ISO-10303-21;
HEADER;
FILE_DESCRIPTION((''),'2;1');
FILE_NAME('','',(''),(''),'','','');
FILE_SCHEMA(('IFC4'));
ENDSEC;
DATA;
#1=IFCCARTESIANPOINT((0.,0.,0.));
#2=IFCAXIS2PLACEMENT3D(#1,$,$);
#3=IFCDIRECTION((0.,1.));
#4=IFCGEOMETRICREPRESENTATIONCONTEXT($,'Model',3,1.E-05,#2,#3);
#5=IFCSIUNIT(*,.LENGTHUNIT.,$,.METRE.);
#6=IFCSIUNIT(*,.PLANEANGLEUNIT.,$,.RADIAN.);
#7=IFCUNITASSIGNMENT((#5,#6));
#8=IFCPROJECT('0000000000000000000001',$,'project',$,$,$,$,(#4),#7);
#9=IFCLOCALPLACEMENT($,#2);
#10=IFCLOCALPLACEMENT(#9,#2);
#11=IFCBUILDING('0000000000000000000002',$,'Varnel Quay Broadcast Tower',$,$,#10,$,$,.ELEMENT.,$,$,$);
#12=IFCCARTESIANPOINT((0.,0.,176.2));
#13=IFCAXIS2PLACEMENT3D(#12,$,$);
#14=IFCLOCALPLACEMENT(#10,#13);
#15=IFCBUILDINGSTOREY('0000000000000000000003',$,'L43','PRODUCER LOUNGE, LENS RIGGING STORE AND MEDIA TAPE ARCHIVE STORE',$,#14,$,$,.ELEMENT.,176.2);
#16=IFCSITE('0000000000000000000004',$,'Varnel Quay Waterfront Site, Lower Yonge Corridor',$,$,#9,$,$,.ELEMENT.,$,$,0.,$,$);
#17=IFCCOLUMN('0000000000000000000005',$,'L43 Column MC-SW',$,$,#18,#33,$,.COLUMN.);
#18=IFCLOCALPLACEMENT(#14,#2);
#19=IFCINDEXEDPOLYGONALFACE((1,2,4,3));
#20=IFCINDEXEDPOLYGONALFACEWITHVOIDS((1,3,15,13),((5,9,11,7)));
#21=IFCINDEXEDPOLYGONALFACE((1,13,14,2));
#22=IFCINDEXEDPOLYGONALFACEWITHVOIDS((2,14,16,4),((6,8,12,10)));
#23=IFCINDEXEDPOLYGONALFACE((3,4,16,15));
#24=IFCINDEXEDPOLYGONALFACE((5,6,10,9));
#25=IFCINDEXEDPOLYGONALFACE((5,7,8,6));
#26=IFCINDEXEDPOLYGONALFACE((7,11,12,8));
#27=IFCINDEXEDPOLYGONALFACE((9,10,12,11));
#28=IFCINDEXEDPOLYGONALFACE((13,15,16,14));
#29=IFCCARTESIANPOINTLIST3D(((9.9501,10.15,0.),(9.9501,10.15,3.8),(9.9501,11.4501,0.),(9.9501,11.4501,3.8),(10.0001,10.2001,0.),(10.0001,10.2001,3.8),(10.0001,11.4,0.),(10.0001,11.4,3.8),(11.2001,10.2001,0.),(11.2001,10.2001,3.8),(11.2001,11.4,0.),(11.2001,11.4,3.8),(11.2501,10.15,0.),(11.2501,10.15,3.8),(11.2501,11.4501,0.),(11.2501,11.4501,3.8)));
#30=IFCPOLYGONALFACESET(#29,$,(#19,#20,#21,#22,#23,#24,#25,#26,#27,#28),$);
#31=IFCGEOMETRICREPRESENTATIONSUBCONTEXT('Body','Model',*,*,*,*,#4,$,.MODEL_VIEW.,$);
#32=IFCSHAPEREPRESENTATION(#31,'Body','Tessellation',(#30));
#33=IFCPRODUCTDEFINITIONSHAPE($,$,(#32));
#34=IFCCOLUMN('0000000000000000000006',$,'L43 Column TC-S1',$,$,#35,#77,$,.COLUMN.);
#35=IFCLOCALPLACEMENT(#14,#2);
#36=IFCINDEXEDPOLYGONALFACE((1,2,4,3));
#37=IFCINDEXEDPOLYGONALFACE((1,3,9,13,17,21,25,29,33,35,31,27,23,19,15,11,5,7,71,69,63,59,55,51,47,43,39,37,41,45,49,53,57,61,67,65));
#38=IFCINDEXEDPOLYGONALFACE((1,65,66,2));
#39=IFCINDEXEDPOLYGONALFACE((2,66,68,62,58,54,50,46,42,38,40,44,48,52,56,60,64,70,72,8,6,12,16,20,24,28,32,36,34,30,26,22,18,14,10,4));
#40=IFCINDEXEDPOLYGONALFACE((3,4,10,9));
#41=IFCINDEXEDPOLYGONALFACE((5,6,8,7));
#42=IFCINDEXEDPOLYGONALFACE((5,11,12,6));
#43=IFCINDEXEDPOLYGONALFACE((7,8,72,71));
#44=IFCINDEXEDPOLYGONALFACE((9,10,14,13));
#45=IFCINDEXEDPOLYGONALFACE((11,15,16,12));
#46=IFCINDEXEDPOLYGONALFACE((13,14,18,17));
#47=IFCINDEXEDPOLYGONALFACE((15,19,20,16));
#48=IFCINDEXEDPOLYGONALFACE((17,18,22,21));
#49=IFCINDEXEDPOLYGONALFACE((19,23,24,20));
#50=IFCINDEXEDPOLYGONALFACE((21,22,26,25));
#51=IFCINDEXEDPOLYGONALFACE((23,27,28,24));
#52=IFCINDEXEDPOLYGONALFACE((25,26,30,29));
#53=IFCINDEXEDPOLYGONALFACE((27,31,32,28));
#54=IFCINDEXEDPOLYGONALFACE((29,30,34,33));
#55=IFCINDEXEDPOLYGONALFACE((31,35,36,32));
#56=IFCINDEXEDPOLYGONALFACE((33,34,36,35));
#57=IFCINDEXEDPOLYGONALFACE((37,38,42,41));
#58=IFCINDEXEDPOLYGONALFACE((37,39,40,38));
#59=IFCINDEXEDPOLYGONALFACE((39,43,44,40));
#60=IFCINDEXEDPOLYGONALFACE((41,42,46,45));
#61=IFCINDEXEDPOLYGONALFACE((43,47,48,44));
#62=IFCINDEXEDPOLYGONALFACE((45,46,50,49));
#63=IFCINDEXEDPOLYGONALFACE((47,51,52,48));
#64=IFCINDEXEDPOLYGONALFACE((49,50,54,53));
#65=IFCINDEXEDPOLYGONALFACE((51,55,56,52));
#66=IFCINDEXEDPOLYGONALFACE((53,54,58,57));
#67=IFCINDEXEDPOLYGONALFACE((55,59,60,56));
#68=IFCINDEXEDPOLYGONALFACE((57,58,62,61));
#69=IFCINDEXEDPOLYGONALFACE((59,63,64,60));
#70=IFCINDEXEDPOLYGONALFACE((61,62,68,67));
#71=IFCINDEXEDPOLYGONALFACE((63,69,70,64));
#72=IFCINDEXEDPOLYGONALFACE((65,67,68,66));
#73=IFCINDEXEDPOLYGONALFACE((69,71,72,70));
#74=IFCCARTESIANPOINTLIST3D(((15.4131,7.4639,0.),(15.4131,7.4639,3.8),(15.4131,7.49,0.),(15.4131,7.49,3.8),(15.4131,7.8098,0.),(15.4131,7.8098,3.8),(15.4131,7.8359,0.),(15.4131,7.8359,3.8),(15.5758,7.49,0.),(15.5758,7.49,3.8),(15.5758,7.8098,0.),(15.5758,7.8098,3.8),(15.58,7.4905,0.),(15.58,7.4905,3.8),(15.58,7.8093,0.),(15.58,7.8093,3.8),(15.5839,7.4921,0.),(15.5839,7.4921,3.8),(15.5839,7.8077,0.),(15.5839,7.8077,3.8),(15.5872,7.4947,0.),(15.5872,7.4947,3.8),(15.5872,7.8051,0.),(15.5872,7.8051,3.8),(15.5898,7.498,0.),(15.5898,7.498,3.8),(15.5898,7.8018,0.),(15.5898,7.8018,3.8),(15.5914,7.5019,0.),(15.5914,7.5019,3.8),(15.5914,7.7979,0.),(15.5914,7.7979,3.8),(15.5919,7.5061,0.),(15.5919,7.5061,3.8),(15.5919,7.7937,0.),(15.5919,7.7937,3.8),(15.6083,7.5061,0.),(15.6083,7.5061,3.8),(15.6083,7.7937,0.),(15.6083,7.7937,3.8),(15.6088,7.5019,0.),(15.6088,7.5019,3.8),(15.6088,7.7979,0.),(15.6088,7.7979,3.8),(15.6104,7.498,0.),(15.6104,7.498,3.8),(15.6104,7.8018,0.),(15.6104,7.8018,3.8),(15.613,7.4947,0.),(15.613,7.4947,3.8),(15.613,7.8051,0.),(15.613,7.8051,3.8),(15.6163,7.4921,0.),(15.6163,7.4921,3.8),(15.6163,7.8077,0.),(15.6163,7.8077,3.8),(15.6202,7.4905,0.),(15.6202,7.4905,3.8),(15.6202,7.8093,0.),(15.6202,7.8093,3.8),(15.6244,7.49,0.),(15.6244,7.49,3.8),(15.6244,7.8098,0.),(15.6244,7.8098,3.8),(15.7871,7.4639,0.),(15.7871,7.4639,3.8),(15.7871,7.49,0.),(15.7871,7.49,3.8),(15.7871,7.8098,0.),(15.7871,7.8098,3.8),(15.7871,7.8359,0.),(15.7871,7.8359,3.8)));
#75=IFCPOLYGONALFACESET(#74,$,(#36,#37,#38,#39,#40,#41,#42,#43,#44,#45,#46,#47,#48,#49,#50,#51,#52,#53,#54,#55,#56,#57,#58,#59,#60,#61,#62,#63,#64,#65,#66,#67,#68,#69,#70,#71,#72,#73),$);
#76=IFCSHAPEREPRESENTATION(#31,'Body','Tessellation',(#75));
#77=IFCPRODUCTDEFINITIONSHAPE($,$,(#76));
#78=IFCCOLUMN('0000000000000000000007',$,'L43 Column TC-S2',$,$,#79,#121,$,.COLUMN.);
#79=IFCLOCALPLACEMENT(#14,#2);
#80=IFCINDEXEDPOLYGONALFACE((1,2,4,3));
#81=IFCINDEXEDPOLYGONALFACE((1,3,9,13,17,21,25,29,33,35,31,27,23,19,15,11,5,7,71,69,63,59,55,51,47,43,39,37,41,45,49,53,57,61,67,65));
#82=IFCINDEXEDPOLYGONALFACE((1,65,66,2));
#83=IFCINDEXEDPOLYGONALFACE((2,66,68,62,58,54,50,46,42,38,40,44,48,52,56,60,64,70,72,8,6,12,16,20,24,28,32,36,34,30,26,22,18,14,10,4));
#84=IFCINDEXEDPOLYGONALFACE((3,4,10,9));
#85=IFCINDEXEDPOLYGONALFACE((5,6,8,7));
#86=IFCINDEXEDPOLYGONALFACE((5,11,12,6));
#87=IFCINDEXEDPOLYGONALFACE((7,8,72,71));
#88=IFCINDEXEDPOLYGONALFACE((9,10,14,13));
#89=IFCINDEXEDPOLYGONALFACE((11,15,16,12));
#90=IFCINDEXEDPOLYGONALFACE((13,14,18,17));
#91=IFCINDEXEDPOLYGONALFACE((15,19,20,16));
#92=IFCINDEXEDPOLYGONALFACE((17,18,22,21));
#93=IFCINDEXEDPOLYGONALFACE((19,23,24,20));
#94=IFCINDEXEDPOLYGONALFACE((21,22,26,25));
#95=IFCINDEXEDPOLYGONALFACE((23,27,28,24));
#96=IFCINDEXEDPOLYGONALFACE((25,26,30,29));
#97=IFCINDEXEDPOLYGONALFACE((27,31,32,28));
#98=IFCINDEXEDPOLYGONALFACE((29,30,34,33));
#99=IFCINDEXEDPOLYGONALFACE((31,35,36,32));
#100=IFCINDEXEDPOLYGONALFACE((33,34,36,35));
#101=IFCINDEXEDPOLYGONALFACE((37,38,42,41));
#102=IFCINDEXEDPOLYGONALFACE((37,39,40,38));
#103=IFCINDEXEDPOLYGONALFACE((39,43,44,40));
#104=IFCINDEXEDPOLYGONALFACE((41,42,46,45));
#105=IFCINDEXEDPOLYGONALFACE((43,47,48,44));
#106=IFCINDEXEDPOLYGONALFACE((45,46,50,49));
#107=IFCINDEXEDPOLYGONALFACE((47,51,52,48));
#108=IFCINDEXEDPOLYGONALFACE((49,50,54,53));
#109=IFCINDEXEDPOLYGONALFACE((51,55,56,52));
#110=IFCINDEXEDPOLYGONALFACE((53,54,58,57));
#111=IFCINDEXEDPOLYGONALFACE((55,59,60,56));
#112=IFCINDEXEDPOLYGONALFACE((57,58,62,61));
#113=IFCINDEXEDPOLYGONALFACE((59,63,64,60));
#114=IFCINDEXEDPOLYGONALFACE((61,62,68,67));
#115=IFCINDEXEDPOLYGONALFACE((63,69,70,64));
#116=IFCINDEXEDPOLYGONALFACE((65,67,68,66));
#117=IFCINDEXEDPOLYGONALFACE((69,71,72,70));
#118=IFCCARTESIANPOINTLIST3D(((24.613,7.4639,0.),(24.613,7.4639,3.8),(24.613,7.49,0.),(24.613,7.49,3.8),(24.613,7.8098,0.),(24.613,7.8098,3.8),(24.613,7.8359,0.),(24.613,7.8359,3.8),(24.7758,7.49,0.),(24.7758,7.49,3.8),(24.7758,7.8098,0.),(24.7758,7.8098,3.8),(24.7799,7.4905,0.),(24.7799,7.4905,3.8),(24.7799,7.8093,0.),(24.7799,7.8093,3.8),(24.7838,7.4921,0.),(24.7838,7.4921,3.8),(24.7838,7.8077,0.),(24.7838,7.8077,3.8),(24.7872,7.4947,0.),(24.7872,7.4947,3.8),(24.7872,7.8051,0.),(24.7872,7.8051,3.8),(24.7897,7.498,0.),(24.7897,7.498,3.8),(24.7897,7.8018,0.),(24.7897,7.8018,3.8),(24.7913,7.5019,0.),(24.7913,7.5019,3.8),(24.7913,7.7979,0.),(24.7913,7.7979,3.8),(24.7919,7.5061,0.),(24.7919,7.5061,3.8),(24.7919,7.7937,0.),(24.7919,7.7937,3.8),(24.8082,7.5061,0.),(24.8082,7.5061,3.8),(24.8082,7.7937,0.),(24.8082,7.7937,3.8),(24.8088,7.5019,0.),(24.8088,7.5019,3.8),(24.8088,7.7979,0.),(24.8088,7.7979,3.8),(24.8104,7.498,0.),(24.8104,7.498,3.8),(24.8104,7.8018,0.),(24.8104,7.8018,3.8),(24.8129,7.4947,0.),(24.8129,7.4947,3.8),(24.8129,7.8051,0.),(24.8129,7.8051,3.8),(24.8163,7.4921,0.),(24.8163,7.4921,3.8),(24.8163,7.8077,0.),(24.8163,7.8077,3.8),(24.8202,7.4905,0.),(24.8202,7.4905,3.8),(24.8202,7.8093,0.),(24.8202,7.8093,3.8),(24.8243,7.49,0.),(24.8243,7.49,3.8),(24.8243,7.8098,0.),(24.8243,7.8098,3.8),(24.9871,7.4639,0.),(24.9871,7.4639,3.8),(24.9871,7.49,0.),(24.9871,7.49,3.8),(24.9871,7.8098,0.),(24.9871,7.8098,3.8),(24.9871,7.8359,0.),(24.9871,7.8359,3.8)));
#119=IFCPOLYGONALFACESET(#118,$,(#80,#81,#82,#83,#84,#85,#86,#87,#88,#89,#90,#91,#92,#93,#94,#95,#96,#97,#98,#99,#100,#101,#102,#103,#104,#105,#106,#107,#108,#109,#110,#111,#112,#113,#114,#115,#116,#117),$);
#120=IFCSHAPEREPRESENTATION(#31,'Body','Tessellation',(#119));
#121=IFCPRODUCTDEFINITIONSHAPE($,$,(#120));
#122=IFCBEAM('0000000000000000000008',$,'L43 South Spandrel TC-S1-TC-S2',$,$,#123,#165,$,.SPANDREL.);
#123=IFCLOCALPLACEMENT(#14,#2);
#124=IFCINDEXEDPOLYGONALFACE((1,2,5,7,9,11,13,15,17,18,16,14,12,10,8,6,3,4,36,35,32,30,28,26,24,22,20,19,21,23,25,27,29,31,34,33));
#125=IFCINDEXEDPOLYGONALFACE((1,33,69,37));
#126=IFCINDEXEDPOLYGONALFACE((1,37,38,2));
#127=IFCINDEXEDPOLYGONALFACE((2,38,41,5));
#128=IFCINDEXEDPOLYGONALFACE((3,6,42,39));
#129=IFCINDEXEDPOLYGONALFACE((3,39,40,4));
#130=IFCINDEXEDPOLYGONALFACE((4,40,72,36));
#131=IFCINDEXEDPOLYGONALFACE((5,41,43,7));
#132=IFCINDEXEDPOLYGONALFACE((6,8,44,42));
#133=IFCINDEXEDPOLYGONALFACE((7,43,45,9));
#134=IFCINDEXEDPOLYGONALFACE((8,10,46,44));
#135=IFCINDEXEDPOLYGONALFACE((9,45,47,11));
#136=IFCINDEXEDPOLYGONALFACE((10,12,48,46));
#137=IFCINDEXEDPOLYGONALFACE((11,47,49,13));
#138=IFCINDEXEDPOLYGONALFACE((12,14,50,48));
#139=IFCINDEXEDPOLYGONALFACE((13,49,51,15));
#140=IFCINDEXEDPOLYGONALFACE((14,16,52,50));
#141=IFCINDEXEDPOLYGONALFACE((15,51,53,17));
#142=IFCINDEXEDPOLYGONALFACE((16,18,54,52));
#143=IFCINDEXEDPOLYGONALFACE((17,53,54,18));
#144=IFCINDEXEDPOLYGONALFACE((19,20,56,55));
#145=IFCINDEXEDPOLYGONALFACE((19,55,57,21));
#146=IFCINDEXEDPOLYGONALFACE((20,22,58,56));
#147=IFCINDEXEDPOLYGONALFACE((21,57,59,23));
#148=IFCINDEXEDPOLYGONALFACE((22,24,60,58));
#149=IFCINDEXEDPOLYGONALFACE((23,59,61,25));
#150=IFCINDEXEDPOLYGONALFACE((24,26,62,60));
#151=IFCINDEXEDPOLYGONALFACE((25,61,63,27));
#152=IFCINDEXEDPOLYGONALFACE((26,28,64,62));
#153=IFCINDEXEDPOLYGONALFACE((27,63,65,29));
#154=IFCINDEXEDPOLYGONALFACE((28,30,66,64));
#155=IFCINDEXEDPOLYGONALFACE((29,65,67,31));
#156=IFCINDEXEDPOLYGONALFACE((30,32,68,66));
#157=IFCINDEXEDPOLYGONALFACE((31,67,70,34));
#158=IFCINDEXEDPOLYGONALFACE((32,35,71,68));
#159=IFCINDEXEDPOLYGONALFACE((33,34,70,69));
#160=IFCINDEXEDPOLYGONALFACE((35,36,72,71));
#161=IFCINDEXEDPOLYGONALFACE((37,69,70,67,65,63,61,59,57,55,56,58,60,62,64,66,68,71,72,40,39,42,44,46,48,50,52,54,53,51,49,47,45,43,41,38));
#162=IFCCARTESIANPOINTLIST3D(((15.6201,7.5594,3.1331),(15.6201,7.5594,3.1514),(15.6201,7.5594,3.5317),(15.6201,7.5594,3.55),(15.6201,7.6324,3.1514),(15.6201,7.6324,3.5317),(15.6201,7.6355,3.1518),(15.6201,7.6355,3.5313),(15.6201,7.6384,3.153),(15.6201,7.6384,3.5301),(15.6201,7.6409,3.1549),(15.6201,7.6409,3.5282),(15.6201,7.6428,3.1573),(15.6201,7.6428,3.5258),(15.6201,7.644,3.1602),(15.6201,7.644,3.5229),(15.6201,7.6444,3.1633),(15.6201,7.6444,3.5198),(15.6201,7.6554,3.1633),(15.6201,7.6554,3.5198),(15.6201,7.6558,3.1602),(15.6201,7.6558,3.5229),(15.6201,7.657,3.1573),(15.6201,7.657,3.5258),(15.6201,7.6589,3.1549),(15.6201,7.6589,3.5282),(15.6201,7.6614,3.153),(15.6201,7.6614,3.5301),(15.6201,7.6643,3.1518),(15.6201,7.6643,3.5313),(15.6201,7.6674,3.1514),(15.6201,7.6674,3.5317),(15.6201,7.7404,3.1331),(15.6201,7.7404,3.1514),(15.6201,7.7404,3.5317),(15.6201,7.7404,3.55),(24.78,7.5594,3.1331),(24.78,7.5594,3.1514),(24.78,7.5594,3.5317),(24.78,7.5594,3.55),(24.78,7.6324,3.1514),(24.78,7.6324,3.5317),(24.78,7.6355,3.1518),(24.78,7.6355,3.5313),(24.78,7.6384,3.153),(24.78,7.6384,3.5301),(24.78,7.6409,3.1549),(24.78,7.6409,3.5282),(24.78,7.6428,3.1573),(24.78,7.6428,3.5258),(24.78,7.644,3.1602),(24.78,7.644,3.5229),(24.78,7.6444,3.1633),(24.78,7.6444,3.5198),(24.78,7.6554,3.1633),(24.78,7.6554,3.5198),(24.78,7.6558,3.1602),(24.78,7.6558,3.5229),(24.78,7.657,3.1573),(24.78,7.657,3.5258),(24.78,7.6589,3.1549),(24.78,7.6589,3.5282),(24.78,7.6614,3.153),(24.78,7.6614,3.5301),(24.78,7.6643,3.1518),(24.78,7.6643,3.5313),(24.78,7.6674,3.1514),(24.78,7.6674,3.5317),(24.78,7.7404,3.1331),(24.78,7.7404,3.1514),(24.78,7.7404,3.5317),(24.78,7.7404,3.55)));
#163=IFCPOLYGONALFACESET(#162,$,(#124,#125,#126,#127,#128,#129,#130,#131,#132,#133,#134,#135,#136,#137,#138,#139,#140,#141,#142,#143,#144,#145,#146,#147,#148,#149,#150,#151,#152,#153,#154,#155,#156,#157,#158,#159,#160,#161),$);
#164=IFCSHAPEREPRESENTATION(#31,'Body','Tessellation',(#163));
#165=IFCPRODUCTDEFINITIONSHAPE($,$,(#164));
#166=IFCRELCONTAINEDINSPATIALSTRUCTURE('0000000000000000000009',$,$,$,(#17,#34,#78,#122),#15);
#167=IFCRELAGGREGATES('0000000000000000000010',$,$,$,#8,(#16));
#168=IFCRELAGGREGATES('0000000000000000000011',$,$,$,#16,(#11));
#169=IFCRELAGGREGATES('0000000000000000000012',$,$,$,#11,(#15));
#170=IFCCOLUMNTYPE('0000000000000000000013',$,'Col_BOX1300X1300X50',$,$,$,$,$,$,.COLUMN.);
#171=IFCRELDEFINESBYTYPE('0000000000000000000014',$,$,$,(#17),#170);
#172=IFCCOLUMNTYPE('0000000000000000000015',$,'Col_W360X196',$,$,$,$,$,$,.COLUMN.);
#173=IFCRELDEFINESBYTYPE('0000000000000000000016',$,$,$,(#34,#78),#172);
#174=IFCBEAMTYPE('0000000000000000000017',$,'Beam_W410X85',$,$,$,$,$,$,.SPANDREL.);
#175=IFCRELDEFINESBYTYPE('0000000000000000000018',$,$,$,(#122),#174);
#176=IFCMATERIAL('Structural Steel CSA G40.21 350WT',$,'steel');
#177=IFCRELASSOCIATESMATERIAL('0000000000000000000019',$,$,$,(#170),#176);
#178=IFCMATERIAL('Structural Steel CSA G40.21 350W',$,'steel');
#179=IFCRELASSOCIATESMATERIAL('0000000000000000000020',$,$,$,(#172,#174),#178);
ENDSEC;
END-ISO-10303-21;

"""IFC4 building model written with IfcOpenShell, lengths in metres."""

from ifc_helpers import new_model, si_unit, direction, frame, origin, origin_2d, place, context, subcontext, project, spatial, hollow_rectangle, i_section, extrude, source, transform, mapped, material, material_profile, profile_set, type_object, type_shapes, element, save


model = new_model("IFC4")

# Units and contexts
model_context = context("Model", 3, precision=1e-05, world=origin(), true_north=direction((0.0, 1.0)))
body_context = subcontext(model_context, "Body", "Model", "MODEL_VIEW")
ifc_project = project(units=[si_unit("LENGTHUNIT", "METRE"), si_unit("PLANEANGLEUNIT", "RADIAN")], contexts=[model_context])

# Site, building, storey
site_placement = place(None, origin())
site = spatial("IfcSite", under=ifc_project, at=site_placement, Name="Varnel Quay Waterfront Site, Lower Yonge Corridor", CompositionType="ELEMENT", RefElevation=0.0)
building_placement = place(site_placement, origin())
building = spatial("IfcBuilding", under=site, at=building_placement, Name="Varnel Quay Broadcast Tower", CompositionType="ELEMENT")
storey_placement = place(building_placement, frame((0.0, 0.0, 176.2)))
storey = spatial("IfcBuildingStorey", under=building, at=storey_placement, Name="L43", Description="PRODUCER LOUNGE, LENS RIGGING STORE AND MEDIA TAPE ARCHIVE STORE", CompositionType="ELEMENT", Elevation=176.2)

# Columns
ifc_material_1 = material(Name="Structural Steel CSA G40.21 350WT", Category="steel")
ifc_material_profile_1 = material_profile(ifc_material_1, hollow_rectangle(XDim=1.3, YDim=1.3, WallThickness=0.05, at=origin_2d()), Name="BOX1300X1300X50")
ifc_profile_set_1 = profile_set([ifc_material_profile_1], Name="Structural Steel CSA G40.21 350WT")
column_type_1 = type_object("IfcColumnType", Name="Col_BOX1300X1300X50", PredefinedType="COLUMN", material=ifc_profile_set_1)
shared_shape_1 = source(origin(), body_context, "Body", "SweptSolid", [
    extrude(hollow_rectangle(XDim=1.3, YDim=1.3, WallThickness=0.05, at=origin_2d()), origin(), (0.0, 0.0, 1.0), 3.8),
])
type_shapes(column_type_1, [shared_shape_1])
column_placement = place(storey_placement, frame((10.6001, 10.8, 0.0), z_axis=(0.0, 0.0, 1.0), x_axis=(1.0, 0.0, 0.0)))
element("IfcColumn", 1, at=column_placement, inside=storey, type_object=column_type_1, Name="L43 Column MC-SW", PredefinedType="COLUMN", context=body_context, shape_type="MappedRepresentation", body=[
    mapped(shared_shape_1, transform((0.0, 0.0, 0.0), x_axis=(1.0, 0.0, 0.0), y_axis=(0.0, 1.0, 0.0), z_axis=(0.0, 0.0, 1.0), scale=1.0)),
])
ifc_material_2 = material(Name="Structural Steel CSA G40.21 350W", Category="steel")
ifc_material_profile_2 = material_profile(ifc_material_2, i_section(OverallWidth=0.374, OverallDepth=0.3721, WebThickness=0.0164, FlangeThickness=0.0261, FilletRadius=0.0161, at=origin_2d()), Name="W360X196")
ifc_profile_set_2 = profile_set([ifc_material_profile_2], Name="Structural Steel CSA G40.21 350W")
column_type_2 = type_object("IfcColumnType", Name="Col_W360X196", PredefinedType="COLUMN", material=ifc_profile_set_2)
shared_shape_2 = source(origin(), body_context, "Body", "SweptSolid", [
    extrude(i_section(OverallWidth=0.374, OverallDepth=0.3721, WebThickness=0.0164, FlangeThickness=0.0261, FilletRadius=0.0161, at=origin_2d()), origin(), (0.0, 0.0, 1.0), 3.8),
])
type_shapes(column_type_2, [shared_shape_2])
for number, where, z_axis, x_axis, name in (
    (2, (15.6001, 7.6499, 0.0), (0.0, 0.0, 1.0), (1.0, 0.0, 0.0), "L43 Column TC-S1"),
    (3, (24.8, 7.6499, 0.0), (0.0, 0.0, 1.0), (1.0, 0.0, 0.0), "L43 Column TC-S2"),
):
    element("IfcColumn", number, at=place(storey_placement, frame(where, z_axis=z_axis, x_axis=x_axis)), inside=storey, type_object=column_type_2, Name=name, PredefinedType="COLUMN", context=body_context, shape_type="MappedRepresentation", body=[
        mapped(shared_shape_2, transform((0.0, 0.0, 0.0), x_axis=(1.0, 0.0, 0.0), y_axis=(0.0, 1.0, 0.0), z_axis=(0.0, 0.0, 1.0), scale=1.0)),
    ])

# Beam
ifc_material_profile_3 = material_profile(ifc_material_2, i_section(OverallWidth=0.1809, OverallDepth=0.417, WebThickness=0.011, FlangeThickness=0.0183, FilletRadius=0.012, at=origin_2d()), Name="W410X85")
ifc_profile_set_3 = profile_set([ifc_material_profile_3], Name="Structural Steel CSA G40.21 350W")
beam_type_1 = type_object("IfcBeamType", Name="Beam_W410X85", PredefinedType="SPANDREL", material=ifc_profile_set_3)
shared_shape_3 = source(origin(), body_context, "Body", "SweptSolid", [
    extrude(i_section(OverallWidth=0.1809, OverallDepth=0.417, WebThickness=0.011, FlangeThickness=0.0183, FilletRadius=0.012, at=origin_2d()), origin(), (0.0, 0.0, 1.0), 9.1599),
])
for number, where, z_axis, x_axis, name in (
    (4, (15.6201, 7.6499, 3.3416), (1.0, 0.0, 0.0), (0.0, 1.0, 0.0), "L43 South Spandrel TC-S1-TC-S2"),
):
    element("IfcBeam", number, at=place(storey_placement, frame(where, z_axis=z_axis, x_axis=x_axis)), inside=storey, type_object=beam_type_1, Name=name, PredefinedType="SPANDREL", context=body_context, shape_type="MappedRepresentation", body=[
        mapped(shared_shape_3, transform((0.0, 0.0, 0.0), x_axis=(1.0, 0.0, 0.0), y_axis=(0.0, 1.0, 0.0), z_axis=(0.0, 0.0, 1.0), scale=1.0)),
    ])

save(model, "model.ifc")
